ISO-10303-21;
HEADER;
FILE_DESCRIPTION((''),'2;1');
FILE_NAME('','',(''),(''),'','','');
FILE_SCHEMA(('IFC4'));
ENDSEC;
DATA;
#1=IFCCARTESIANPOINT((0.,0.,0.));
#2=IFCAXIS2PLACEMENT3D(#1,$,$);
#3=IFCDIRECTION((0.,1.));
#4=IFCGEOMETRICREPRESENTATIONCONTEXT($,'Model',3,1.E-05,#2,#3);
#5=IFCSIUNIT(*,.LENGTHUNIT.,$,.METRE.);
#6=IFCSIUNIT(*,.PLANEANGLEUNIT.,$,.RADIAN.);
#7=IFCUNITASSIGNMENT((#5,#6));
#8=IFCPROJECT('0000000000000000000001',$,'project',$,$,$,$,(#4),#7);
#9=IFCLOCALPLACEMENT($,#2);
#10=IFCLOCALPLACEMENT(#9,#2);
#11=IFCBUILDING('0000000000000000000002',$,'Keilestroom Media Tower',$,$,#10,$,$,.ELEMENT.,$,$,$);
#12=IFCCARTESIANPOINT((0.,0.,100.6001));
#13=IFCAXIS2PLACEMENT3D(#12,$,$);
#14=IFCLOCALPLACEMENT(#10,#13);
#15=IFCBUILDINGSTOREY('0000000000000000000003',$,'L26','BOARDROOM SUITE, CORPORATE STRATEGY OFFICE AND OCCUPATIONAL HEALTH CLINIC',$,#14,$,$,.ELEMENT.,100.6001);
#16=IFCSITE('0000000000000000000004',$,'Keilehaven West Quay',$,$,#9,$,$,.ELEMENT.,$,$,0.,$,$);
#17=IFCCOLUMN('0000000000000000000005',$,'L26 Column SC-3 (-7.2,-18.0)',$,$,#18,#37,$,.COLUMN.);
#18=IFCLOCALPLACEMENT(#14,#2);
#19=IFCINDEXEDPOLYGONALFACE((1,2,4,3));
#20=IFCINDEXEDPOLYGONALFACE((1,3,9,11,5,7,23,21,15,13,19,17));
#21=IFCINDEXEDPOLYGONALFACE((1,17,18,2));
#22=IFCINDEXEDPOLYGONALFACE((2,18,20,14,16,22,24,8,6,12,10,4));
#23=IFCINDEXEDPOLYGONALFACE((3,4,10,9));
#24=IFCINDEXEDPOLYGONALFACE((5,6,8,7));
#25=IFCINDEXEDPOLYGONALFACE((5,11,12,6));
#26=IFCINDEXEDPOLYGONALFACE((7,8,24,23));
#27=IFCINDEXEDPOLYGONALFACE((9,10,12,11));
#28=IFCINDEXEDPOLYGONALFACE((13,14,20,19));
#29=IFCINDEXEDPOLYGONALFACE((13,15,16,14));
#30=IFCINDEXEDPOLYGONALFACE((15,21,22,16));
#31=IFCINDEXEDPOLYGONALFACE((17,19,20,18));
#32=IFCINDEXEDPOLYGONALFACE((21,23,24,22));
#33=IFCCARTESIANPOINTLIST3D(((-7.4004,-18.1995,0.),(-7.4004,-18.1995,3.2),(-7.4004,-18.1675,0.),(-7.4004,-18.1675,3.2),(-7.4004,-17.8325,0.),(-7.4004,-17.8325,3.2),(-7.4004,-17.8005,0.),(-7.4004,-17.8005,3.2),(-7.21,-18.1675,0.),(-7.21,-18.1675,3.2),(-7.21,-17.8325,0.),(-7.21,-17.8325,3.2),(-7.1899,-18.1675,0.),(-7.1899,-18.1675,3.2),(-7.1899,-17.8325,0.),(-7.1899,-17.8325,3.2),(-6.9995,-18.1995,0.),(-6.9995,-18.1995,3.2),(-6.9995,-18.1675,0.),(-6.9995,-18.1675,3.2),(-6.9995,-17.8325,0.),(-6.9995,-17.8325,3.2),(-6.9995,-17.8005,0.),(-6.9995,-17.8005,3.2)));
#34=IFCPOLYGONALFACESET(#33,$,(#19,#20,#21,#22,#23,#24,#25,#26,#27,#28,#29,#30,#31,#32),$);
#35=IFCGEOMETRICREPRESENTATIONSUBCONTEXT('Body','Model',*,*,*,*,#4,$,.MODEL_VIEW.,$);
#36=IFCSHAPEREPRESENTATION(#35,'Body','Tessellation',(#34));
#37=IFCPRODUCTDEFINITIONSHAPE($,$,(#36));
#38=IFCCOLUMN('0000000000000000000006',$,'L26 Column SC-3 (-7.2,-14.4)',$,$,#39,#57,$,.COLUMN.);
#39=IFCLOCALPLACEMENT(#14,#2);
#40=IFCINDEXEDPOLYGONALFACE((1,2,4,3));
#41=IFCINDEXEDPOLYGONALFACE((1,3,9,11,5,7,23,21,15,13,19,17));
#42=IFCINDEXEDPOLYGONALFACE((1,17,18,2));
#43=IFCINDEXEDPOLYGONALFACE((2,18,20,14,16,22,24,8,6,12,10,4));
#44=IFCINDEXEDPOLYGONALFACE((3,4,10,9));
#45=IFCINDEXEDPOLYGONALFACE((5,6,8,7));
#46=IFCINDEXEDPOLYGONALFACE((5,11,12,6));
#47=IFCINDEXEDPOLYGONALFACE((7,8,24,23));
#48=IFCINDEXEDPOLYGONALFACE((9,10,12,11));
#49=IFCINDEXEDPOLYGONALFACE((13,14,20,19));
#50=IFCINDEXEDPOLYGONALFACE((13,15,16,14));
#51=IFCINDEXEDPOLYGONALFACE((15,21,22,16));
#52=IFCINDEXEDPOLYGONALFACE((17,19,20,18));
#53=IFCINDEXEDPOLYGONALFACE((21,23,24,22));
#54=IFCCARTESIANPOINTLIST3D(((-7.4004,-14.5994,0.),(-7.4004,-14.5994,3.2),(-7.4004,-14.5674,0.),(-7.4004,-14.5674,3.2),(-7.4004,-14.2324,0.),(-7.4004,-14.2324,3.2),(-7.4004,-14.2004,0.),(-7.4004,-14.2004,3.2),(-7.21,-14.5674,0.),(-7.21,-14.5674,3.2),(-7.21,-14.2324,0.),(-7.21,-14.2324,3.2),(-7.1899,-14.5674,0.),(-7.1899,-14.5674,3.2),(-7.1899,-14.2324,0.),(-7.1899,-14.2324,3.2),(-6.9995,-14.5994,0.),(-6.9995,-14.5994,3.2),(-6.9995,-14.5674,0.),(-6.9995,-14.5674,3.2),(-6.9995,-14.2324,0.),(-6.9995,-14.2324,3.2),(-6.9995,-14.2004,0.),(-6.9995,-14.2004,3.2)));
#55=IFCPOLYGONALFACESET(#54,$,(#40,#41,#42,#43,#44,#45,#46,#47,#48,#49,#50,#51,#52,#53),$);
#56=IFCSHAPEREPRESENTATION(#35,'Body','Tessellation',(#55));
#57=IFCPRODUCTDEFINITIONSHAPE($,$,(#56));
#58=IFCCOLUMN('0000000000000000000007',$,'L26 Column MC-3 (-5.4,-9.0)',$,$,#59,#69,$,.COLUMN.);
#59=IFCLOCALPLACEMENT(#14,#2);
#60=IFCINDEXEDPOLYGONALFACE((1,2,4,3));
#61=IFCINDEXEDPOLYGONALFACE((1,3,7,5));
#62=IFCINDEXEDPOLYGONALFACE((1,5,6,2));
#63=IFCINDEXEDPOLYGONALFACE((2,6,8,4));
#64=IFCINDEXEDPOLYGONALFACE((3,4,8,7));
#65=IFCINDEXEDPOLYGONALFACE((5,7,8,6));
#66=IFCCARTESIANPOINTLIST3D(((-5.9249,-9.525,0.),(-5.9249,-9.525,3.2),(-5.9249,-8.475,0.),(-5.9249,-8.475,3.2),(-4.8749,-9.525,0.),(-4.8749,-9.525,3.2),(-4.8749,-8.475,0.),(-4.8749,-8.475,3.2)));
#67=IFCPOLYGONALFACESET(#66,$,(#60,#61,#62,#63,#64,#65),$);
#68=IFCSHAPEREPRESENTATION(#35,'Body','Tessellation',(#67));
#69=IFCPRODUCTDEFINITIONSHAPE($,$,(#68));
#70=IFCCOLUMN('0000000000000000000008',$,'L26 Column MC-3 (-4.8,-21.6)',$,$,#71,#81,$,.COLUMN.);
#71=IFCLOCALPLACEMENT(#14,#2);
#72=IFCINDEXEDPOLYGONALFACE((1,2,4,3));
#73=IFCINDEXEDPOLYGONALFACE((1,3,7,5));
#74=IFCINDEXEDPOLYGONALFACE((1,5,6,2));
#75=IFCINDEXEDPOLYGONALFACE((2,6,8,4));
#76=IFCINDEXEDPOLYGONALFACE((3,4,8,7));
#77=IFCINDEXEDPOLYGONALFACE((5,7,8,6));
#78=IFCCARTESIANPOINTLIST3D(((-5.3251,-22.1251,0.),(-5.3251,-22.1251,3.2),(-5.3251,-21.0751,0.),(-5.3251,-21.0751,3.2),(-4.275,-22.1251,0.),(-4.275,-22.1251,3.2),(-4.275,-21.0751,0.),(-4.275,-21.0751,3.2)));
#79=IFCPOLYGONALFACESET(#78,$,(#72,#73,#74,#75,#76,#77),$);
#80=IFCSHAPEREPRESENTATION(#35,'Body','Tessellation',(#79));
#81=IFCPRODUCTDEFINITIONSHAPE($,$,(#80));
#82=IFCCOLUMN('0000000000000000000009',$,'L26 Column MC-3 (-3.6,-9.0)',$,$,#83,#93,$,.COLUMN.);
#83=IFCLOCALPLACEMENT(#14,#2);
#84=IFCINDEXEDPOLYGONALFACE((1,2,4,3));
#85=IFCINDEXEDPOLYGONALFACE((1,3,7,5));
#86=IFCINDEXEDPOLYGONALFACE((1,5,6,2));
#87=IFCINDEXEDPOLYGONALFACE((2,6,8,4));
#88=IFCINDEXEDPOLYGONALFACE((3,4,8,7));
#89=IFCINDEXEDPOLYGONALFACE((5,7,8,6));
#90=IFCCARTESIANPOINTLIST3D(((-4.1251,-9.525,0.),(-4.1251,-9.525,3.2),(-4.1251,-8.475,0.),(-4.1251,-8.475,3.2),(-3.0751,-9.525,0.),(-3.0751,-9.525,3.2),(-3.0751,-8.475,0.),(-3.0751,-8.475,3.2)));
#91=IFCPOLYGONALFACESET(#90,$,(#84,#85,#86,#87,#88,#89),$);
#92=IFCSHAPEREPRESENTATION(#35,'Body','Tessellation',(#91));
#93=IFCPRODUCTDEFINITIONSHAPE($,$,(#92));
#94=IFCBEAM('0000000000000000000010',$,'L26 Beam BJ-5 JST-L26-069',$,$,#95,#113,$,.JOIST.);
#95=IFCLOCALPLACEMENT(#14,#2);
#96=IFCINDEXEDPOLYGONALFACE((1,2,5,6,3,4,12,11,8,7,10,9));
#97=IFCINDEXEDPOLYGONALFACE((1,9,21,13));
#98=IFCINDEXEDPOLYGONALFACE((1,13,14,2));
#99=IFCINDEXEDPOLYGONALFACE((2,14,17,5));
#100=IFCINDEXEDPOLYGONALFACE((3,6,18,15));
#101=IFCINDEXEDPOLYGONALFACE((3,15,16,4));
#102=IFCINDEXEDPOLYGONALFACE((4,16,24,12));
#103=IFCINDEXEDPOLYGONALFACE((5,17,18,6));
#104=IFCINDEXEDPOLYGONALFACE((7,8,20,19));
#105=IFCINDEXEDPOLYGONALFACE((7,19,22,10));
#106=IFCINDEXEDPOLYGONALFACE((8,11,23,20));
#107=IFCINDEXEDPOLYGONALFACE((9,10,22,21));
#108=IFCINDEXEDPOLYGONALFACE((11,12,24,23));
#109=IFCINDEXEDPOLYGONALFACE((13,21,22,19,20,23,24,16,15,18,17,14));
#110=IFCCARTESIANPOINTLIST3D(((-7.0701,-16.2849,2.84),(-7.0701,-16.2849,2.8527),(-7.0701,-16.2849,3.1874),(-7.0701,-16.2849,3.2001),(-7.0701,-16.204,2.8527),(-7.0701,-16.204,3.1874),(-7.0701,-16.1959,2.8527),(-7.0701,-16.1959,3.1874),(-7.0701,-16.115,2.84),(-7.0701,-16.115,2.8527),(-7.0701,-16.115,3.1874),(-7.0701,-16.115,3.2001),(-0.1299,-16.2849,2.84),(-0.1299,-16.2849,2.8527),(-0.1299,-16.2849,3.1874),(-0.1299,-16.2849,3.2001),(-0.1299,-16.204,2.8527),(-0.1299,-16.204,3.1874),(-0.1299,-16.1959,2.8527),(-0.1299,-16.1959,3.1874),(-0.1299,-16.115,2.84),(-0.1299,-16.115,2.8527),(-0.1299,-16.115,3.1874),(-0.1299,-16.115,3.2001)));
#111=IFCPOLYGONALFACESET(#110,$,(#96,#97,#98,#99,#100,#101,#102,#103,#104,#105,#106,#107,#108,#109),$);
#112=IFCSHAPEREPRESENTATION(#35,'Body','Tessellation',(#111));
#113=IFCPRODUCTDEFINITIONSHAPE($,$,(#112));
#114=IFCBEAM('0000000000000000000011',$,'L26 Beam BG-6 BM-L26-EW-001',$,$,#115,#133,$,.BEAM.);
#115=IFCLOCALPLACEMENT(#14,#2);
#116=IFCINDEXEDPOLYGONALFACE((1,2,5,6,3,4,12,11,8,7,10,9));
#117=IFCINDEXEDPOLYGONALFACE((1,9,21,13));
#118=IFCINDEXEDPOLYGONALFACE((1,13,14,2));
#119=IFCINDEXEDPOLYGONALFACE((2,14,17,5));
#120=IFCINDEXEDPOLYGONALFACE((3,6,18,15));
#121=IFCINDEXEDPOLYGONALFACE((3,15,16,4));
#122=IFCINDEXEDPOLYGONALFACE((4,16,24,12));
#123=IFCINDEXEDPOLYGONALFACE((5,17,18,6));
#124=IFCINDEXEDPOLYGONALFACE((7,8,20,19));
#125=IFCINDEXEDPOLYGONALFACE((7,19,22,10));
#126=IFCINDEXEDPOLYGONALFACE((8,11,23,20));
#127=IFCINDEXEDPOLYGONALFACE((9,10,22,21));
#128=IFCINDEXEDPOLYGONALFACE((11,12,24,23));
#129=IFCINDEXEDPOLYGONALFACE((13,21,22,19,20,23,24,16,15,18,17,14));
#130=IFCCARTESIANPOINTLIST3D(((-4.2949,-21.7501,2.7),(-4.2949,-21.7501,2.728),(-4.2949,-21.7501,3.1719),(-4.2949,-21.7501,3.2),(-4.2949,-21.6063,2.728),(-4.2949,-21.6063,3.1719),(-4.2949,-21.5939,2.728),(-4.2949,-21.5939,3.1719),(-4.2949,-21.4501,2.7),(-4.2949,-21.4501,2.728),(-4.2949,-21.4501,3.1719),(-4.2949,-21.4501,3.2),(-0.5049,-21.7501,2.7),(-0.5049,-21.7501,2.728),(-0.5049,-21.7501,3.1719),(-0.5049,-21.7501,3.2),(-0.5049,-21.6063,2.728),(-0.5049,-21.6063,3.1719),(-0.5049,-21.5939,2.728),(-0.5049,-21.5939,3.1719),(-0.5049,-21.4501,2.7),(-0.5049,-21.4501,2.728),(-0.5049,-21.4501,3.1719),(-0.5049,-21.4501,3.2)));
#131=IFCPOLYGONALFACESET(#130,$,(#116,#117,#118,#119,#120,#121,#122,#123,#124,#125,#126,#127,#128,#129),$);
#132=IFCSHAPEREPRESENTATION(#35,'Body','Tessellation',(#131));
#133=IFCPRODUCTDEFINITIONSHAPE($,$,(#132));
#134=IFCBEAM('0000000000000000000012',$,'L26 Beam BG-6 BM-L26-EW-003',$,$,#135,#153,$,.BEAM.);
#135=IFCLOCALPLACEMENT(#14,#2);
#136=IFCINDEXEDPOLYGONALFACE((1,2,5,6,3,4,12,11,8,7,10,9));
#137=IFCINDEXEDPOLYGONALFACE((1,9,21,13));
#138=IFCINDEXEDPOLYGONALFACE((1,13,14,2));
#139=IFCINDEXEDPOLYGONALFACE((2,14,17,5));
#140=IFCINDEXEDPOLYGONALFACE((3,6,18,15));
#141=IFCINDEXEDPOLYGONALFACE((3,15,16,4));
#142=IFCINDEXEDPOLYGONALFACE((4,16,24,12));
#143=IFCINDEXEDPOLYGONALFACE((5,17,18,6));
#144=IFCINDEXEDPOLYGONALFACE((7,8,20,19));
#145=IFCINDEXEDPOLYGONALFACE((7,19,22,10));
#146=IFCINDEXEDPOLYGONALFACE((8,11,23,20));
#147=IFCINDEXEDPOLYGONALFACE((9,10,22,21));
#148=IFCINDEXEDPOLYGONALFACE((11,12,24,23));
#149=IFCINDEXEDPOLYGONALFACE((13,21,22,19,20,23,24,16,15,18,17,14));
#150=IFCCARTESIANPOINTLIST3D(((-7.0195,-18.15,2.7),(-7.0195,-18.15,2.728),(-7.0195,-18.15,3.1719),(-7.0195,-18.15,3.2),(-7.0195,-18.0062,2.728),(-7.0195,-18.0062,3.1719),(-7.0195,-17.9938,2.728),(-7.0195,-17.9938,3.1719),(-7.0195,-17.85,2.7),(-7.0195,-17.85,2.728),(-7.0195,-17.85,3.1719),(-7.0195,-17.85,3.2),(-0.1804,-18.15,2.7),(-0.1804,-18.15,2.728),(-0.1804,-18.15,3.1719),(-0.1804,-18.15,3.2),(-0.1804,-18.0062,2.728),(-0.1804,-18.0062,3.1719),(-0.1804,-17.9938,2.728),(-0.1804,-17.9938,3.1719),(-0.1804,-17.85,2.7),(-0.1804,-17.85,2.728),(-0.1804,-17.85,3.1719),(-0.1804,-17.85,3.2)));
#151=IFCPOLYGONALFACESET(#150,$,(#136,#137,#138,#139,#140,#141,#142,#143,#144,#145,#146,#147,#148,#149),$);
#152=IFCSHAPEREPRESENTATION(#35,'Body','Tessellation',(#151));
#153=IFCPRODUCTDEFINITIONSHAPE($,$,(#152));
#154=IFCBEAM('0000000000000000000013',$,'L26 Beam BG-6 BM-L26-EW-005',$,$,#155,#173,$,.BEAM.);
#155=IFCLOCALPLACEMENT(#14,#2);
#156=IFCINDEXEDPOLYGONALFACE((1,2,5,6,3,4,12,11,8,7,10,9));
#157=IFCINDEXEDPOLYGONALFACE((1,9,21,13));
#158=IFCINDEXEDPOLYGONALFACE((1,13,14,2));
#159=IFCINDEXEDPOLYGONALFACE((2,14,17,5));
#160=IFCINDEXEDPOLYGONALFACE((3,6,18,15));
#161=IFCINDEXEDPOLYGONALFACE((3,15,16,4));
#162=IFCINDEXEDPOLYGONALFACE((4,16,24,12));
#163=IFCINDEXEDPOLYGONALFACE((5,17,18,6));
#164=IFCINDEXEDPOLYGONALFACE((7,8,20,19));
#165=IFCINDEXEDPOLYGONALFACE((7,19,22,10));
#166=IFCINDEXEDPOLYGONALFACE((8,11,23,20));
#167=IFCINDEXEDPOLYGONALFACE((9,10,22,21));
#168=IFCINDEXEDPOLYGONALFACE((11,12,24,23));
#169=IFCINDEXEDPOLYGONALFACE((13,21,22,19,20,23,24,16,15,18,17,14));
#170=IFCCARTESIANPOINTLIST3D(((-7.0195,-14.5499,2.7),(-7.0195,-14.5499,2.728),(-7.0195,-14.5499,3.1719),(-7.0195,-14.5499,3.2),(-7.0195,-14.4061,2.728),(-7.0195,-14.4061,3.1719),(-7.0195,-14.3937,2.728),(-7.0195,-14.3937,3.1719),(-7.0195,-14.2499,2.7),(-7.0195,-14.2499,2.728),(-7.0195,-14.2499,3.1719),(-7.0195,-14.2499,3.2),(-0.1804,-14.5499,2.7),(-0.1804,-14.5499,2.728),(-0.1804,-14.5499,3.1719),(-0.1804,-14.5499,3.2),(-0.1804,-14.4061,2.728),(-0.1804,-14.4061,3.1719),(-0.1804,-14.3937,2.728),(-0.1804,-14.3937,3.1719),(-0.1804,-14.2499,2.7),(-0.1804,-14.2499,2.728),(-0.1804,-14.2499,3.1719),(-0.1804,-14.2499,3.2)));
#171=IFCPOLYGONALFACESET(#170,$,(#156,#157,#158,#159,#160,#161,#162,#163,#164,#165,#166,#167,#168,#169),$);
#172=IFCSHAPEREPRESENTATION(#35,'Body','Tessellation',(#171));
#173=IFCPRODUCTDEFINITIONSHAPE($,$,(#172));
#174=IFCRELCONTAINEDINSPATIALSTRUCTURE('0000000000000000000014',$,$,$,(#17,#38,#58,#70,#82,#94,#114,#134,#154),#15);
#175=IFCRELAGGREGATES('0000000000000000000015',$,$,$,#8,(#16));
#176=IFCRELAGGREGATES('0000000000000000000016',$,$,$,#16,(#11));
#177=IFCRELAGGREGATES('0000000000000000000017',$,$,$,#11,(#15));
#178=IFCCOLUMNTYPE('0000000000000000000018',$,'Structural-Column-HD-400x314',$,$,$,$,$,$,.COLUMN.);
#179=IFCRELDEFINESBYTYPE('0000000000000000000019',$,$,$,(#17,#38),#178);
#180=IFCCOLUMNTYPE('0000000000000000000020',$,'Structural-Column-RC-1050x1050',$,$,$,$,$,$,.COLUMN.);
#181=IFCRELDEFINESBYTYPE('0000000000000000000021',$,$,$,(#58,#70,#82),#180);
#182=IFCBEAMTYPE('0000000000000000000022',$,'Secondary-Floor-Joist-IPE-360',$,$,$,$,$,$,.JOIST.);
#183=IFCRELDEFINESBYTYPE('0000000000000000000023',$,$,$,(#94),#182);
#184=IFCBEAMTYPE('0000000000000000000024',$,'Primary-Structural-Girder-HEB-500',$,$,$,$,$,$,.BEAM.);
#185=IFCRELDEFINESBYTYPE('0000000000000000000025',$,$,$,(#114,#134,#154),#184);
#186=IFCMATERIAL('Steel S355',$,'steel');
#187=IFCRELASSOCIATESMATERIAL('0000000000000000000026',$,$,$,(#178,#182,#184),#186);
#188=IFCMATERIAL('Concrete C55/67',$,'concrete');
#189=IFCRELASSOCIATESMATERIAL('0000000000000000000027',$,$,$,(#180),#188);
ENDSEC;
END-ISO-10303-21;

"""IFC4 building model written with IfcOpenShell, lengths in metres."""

from ifc_helpers import new_model, si_unit, direction, frame, origin, origin_2d, place, context, subcontext, project, spatial, rectangle, i_section, extrude, source, transform, mapped, material, material_profile, profile_set, type_object, element, save


model = new_model("IFC4")

# Units and contexts
model_context = context("Model", 3, precision=1e-05, world=origin(), true_north=direction((0.0, 1.0)))
body_context = subcontext(model_context, "Body", "Model", "MODEL_VIEW")
ifc_project = project(units=[si_unit("LENGTHUNIT", "METRE"), si_unit("PLANEANGLEUNIT", "RADIAN")], contexts=[model_context])

# Site, building, storey
site_placement = place(None, origin())
site = spatial("IfcSite", under=ifc_project, at=site_placement, Name="Keilehaven West Quay", CompositionType="ELEMENT", RefElevation=0.0)
building_placement = place(site_placement, origin())
building = spatial("IfcBuilding", under=site, at=building_placement, Name="Keilestroom Media Tower", CompositionType="ELEMENT")
storey_placement = place(building_placement, frame((0.0, 0.0, 100.6001)))
storey = spatial("IfcBuildingStorey", under=building, at=storey_placement, Name="L26", Description="BOARDROOM SUITE, CORPORATE STRATEGY OFFICE AND OCCUPATIONAL HEALTH CLINIC", CompositionType="ELEMENT", Elevation=100.6001)

# Columns
ifc_material_1 = material(Name="Steel S355", Category="steel")
ifc_material_profile_1 = material_profile(ifc_material_1, i_section(OverallWidth=0.4009, OverallDepth=0.3989, WebThickness=0.02, FlangeThickness=0.032, at=origin_2d()), Name="HD 400x314")
ifc_profile_set_1 = profile_set([ifc_material_profile_1], Name="Steel S355")
column_type_1 = type_object("IfcColumnType", Name="Structural-Column-HD-400x314", PredefinedType="COLUMN", material=ifc_profile_set_1)
shared_shape_1 = source(origin(), body_context, "Body", "SweptSolid", [
    extrude(i_section(OverallWidth=0.4009, OverallDepth=0.3989, WebThickness=0.02, FlangeThickness=0.032, at=origin_2d()), origin(), (0.0, 0.0, 1.0), 3.2),
])
for number, where, z_axis, x_axis, name in (
    (1, (-7.2, -18.0, 0.0), (0.0, 0.0, 1.0), (1.0, 0.0, 0.0), "L26 Column SC-3 (-7.2,-18.0)"),
    (2, (-7.2, -14.3999, 0.0), (0.0, 0.0, 1.0), (1.0, 0.0, 0.0), "L26 Column SC-3 (-7.2,-14.4)"),
):
    element("IfcColumn", number, at=place(storey_placement, frame(where, z_axis=z_axis, x_axis=x_axis)), inside=storey, type_object=column_type_1, Name=name, PredefinedType="COLUMN", context=body_context, shape_type="MappedRepresentation", body=[
        mapped(shared_shape_1, transform((0.0, 0.0, 0.0), x_axis=(1.0, 0.0, 0.0), y_axis=(0.0, 1.0, 0.0), z_axis=(0.0, 0.0, 1.0), scale=1.0)),
    ])
ifc_material_2 = material(Name="Concrete C55/67", Category="concrete")
ifc_material_profile_2 = material_profile(ifc_material_2, rectangle(XDim=1.05, YDim=1.05, at=origin_2d()), Name="RC 1050x1050")
ifc_profile_set_2 = profile_set([ifc_material_profile_2], Name="Concrete C55/67")
column_type_2 = type_object("IfcColumnType", Name="Structural-Column-RC-1050x1050", PredefinedType="COLUMN", material=ifc_profile_set_2)
shared_shape_2 = source(origin(), body_context, "Body", "SweptSolid", [
    extrude(rectangle(XDim=1.05, YDim=1.05, at=origin_2d()), origin(), (0.0, 0.0, 1.0), 3.2),
])
for number, where, z_axis, x_axis, name in (
    (3, (-5.3999, -9.0, 0.0), (0.0, 0.0, 1.0), (1.0, 0.0, 0.0), "L26 Column MC-3 (-5.4,-9.0)"),
    (4, (-4.8, -21.6001, 0.0), (0.0, 0.0, 1.0), (1.0, 0.0, 0.0), "L26 Column MC-3 (-4.8,-21.6)"),
    (5, (-3.6001, -9.0, 0.0), (0.0, 0.0, 1.0), (1.0, 0.0, 0.0), "L26 Column MC-3 (-3.6,-9.0)"),
):
    element("IfcColumn", number, at=place(storey_placement, frame(where, z_axis=z_axis, x_axis=x_axis)), inside=storey, type_object=column_type_2, Name=name, PredefinedType="COLUMN", context=body_context, shape_type="MappedRepresentation", body=[
        mapped(shared_shape_2, transform((0.0, 0.0, 0.0), x_axis=(1.0, 0.0, 0.0), y_axis=(0.0, 1.0, 0.0), z_axis=(0.0, 0.0, 1.0), scale=1.0)),
    ])

# Beams
ifc_material_profile_3 = material_profile(ifc_material_1, i_section(OverallWidth=0.1699, OverallDepth=0.3601, WebThickness=0.0081, FlangeThickness=0.0127, at=origin_2d()), Name="IPE 360")
ifc_profile_set_3 = profile_set([ifc_material_profile_3], Name="Steel S355")
beam_type_1 = type_object("IfcBeamType", Name="Secondary-Floor-Joist-IPE-360", PredefinedType="JOIST", material=ifc_profile_set_3)
shared_shape_3 = source(origin(), body_context, "Body", "SweptSolid", [
    extrude(i_section(OverallWidth=0.1699, OverallDepth=0.3601, WebThickness=0.0081, FlangeThickness=0.0127, at=origin_2d()), origin(), (0.0, 0.0, 1.0), 6.9402),
])
beam_1_placement = place(storey_placement, frame((-7.0701, -16.2, 3.02), z_axis=(1.0, 0.0, 0.0), x_axis=(0.0, 1.0, 0.0)))
element("IfcBeam", 6, at=beam_1_placement, inside=storey, type_object=beam_type_1, Name="L26 Beam BJ-5 JST-L26-069", PredefinedType="JOIST", context=body_context, shape_type="MappedRepresentation", body=[
    mapped(shared_shape_3, transform((0.0, 0.0, 0.0), x_axis=(1.0, 0.0, 0.0), y_axis=(0.0, 1.0, 0.0), z_axis=(0.0, 0.0, 1.0), scale=1.0)),
])
ifc_material_profile_4 = material_profile(ifc_material_1, i_section(OverallWidth=0.3, OverallDepth=0.5, WebThickness=0.0125, FlangeThickness=0.0281, at=origin_2d()), Name="HEB 500")
ifc_profile_set_4 = profile_set([ifc_material_profile_4], Name="Steel S355")
beam_type_2 = type_object("IfcBeamType", Name="Primary-Structural-Girder-HEB-500", PredefinedType="BEAM", material=ifc_profile_set_4)
shared_shape_4 = source(origin(), body_context, "Body", "SweptSolid", [
    extrude(i_section(OverallWidth=0.3, OverallDepth=0.5, WebThickness=0.0125, FlangeThickness=0.0281, at=origin_2d()), origin(), (0.0, 0.0, 1.0), 3.79),
])
beam_2_placement = place(storey_placement, frame((-4.2949, -21.6001, 2.95), z_axis=(1.0, 0.0, 0.0), x_axis=(0.0, 1.0, 0.0)))
element("IfcBeam", 7, at=beam_2_placement, inside=storey, type_object=beam_type_2, Name="L26 Beam BG-6 BM-L26-EW-001", PredefinedType="BEAM", context=body_context, shape_type="MappedRepresentation", body=[
    mapped(shared_shape_4, transform((0.0, 0.0, 0.0), x_axis=(1.0, 0.0, 0.0), y_axis=(0.0, 1.0, 0.0), z_axis=(0.0, 0.0, 1.0), scale=1.0)),
])
shared_shape_5 = source(origin(), body_context, "Body", "SweptSolid", [
    extrude(i_section(OverallWidth=0.3, OverallDepth=0.5, WebThickness=0.0125, FlangeThickness=0.0281, at=origin_2d()), origin(), (0.0, 0.0, 1.0), 6.8391),
])
for number, where, z_axis, x_axis, name in (
    (8, (-7.0195, -18.0, 2.95), (1.0, 0.0, 0.0), (0.0, 1.0, 0.0), "L26 Beam BG-6 BM-L26-EW-003"),
    (9, (-7.0195, -14.3999, 2.95), (1.0, 0.0, 0.0), (0.0, 1.0, 0.0), "L26 Beam BG-6 BM-L26-EW-005"),
):
    element("IfcBeam", number, at=place(storey_placement, frame(where, z_axis=z_axis, x_axis=x_axis)), inside=storey, type_object=beam_type_2, Name=name, PredefinedType="BEAM", context=body_context, shape_type="MappedRepresentation", body=[
        mapped(shared_shape_5, transform((0.0, 0.0, 0.0), x_axis=(1.0, 0.0, 0.0), y_axis=(0.0, 1.0, 0.0), z_axis=(0.0, 0.0, 1.0), scale=1.0)),
    ])

save(model, "model.ifc")
